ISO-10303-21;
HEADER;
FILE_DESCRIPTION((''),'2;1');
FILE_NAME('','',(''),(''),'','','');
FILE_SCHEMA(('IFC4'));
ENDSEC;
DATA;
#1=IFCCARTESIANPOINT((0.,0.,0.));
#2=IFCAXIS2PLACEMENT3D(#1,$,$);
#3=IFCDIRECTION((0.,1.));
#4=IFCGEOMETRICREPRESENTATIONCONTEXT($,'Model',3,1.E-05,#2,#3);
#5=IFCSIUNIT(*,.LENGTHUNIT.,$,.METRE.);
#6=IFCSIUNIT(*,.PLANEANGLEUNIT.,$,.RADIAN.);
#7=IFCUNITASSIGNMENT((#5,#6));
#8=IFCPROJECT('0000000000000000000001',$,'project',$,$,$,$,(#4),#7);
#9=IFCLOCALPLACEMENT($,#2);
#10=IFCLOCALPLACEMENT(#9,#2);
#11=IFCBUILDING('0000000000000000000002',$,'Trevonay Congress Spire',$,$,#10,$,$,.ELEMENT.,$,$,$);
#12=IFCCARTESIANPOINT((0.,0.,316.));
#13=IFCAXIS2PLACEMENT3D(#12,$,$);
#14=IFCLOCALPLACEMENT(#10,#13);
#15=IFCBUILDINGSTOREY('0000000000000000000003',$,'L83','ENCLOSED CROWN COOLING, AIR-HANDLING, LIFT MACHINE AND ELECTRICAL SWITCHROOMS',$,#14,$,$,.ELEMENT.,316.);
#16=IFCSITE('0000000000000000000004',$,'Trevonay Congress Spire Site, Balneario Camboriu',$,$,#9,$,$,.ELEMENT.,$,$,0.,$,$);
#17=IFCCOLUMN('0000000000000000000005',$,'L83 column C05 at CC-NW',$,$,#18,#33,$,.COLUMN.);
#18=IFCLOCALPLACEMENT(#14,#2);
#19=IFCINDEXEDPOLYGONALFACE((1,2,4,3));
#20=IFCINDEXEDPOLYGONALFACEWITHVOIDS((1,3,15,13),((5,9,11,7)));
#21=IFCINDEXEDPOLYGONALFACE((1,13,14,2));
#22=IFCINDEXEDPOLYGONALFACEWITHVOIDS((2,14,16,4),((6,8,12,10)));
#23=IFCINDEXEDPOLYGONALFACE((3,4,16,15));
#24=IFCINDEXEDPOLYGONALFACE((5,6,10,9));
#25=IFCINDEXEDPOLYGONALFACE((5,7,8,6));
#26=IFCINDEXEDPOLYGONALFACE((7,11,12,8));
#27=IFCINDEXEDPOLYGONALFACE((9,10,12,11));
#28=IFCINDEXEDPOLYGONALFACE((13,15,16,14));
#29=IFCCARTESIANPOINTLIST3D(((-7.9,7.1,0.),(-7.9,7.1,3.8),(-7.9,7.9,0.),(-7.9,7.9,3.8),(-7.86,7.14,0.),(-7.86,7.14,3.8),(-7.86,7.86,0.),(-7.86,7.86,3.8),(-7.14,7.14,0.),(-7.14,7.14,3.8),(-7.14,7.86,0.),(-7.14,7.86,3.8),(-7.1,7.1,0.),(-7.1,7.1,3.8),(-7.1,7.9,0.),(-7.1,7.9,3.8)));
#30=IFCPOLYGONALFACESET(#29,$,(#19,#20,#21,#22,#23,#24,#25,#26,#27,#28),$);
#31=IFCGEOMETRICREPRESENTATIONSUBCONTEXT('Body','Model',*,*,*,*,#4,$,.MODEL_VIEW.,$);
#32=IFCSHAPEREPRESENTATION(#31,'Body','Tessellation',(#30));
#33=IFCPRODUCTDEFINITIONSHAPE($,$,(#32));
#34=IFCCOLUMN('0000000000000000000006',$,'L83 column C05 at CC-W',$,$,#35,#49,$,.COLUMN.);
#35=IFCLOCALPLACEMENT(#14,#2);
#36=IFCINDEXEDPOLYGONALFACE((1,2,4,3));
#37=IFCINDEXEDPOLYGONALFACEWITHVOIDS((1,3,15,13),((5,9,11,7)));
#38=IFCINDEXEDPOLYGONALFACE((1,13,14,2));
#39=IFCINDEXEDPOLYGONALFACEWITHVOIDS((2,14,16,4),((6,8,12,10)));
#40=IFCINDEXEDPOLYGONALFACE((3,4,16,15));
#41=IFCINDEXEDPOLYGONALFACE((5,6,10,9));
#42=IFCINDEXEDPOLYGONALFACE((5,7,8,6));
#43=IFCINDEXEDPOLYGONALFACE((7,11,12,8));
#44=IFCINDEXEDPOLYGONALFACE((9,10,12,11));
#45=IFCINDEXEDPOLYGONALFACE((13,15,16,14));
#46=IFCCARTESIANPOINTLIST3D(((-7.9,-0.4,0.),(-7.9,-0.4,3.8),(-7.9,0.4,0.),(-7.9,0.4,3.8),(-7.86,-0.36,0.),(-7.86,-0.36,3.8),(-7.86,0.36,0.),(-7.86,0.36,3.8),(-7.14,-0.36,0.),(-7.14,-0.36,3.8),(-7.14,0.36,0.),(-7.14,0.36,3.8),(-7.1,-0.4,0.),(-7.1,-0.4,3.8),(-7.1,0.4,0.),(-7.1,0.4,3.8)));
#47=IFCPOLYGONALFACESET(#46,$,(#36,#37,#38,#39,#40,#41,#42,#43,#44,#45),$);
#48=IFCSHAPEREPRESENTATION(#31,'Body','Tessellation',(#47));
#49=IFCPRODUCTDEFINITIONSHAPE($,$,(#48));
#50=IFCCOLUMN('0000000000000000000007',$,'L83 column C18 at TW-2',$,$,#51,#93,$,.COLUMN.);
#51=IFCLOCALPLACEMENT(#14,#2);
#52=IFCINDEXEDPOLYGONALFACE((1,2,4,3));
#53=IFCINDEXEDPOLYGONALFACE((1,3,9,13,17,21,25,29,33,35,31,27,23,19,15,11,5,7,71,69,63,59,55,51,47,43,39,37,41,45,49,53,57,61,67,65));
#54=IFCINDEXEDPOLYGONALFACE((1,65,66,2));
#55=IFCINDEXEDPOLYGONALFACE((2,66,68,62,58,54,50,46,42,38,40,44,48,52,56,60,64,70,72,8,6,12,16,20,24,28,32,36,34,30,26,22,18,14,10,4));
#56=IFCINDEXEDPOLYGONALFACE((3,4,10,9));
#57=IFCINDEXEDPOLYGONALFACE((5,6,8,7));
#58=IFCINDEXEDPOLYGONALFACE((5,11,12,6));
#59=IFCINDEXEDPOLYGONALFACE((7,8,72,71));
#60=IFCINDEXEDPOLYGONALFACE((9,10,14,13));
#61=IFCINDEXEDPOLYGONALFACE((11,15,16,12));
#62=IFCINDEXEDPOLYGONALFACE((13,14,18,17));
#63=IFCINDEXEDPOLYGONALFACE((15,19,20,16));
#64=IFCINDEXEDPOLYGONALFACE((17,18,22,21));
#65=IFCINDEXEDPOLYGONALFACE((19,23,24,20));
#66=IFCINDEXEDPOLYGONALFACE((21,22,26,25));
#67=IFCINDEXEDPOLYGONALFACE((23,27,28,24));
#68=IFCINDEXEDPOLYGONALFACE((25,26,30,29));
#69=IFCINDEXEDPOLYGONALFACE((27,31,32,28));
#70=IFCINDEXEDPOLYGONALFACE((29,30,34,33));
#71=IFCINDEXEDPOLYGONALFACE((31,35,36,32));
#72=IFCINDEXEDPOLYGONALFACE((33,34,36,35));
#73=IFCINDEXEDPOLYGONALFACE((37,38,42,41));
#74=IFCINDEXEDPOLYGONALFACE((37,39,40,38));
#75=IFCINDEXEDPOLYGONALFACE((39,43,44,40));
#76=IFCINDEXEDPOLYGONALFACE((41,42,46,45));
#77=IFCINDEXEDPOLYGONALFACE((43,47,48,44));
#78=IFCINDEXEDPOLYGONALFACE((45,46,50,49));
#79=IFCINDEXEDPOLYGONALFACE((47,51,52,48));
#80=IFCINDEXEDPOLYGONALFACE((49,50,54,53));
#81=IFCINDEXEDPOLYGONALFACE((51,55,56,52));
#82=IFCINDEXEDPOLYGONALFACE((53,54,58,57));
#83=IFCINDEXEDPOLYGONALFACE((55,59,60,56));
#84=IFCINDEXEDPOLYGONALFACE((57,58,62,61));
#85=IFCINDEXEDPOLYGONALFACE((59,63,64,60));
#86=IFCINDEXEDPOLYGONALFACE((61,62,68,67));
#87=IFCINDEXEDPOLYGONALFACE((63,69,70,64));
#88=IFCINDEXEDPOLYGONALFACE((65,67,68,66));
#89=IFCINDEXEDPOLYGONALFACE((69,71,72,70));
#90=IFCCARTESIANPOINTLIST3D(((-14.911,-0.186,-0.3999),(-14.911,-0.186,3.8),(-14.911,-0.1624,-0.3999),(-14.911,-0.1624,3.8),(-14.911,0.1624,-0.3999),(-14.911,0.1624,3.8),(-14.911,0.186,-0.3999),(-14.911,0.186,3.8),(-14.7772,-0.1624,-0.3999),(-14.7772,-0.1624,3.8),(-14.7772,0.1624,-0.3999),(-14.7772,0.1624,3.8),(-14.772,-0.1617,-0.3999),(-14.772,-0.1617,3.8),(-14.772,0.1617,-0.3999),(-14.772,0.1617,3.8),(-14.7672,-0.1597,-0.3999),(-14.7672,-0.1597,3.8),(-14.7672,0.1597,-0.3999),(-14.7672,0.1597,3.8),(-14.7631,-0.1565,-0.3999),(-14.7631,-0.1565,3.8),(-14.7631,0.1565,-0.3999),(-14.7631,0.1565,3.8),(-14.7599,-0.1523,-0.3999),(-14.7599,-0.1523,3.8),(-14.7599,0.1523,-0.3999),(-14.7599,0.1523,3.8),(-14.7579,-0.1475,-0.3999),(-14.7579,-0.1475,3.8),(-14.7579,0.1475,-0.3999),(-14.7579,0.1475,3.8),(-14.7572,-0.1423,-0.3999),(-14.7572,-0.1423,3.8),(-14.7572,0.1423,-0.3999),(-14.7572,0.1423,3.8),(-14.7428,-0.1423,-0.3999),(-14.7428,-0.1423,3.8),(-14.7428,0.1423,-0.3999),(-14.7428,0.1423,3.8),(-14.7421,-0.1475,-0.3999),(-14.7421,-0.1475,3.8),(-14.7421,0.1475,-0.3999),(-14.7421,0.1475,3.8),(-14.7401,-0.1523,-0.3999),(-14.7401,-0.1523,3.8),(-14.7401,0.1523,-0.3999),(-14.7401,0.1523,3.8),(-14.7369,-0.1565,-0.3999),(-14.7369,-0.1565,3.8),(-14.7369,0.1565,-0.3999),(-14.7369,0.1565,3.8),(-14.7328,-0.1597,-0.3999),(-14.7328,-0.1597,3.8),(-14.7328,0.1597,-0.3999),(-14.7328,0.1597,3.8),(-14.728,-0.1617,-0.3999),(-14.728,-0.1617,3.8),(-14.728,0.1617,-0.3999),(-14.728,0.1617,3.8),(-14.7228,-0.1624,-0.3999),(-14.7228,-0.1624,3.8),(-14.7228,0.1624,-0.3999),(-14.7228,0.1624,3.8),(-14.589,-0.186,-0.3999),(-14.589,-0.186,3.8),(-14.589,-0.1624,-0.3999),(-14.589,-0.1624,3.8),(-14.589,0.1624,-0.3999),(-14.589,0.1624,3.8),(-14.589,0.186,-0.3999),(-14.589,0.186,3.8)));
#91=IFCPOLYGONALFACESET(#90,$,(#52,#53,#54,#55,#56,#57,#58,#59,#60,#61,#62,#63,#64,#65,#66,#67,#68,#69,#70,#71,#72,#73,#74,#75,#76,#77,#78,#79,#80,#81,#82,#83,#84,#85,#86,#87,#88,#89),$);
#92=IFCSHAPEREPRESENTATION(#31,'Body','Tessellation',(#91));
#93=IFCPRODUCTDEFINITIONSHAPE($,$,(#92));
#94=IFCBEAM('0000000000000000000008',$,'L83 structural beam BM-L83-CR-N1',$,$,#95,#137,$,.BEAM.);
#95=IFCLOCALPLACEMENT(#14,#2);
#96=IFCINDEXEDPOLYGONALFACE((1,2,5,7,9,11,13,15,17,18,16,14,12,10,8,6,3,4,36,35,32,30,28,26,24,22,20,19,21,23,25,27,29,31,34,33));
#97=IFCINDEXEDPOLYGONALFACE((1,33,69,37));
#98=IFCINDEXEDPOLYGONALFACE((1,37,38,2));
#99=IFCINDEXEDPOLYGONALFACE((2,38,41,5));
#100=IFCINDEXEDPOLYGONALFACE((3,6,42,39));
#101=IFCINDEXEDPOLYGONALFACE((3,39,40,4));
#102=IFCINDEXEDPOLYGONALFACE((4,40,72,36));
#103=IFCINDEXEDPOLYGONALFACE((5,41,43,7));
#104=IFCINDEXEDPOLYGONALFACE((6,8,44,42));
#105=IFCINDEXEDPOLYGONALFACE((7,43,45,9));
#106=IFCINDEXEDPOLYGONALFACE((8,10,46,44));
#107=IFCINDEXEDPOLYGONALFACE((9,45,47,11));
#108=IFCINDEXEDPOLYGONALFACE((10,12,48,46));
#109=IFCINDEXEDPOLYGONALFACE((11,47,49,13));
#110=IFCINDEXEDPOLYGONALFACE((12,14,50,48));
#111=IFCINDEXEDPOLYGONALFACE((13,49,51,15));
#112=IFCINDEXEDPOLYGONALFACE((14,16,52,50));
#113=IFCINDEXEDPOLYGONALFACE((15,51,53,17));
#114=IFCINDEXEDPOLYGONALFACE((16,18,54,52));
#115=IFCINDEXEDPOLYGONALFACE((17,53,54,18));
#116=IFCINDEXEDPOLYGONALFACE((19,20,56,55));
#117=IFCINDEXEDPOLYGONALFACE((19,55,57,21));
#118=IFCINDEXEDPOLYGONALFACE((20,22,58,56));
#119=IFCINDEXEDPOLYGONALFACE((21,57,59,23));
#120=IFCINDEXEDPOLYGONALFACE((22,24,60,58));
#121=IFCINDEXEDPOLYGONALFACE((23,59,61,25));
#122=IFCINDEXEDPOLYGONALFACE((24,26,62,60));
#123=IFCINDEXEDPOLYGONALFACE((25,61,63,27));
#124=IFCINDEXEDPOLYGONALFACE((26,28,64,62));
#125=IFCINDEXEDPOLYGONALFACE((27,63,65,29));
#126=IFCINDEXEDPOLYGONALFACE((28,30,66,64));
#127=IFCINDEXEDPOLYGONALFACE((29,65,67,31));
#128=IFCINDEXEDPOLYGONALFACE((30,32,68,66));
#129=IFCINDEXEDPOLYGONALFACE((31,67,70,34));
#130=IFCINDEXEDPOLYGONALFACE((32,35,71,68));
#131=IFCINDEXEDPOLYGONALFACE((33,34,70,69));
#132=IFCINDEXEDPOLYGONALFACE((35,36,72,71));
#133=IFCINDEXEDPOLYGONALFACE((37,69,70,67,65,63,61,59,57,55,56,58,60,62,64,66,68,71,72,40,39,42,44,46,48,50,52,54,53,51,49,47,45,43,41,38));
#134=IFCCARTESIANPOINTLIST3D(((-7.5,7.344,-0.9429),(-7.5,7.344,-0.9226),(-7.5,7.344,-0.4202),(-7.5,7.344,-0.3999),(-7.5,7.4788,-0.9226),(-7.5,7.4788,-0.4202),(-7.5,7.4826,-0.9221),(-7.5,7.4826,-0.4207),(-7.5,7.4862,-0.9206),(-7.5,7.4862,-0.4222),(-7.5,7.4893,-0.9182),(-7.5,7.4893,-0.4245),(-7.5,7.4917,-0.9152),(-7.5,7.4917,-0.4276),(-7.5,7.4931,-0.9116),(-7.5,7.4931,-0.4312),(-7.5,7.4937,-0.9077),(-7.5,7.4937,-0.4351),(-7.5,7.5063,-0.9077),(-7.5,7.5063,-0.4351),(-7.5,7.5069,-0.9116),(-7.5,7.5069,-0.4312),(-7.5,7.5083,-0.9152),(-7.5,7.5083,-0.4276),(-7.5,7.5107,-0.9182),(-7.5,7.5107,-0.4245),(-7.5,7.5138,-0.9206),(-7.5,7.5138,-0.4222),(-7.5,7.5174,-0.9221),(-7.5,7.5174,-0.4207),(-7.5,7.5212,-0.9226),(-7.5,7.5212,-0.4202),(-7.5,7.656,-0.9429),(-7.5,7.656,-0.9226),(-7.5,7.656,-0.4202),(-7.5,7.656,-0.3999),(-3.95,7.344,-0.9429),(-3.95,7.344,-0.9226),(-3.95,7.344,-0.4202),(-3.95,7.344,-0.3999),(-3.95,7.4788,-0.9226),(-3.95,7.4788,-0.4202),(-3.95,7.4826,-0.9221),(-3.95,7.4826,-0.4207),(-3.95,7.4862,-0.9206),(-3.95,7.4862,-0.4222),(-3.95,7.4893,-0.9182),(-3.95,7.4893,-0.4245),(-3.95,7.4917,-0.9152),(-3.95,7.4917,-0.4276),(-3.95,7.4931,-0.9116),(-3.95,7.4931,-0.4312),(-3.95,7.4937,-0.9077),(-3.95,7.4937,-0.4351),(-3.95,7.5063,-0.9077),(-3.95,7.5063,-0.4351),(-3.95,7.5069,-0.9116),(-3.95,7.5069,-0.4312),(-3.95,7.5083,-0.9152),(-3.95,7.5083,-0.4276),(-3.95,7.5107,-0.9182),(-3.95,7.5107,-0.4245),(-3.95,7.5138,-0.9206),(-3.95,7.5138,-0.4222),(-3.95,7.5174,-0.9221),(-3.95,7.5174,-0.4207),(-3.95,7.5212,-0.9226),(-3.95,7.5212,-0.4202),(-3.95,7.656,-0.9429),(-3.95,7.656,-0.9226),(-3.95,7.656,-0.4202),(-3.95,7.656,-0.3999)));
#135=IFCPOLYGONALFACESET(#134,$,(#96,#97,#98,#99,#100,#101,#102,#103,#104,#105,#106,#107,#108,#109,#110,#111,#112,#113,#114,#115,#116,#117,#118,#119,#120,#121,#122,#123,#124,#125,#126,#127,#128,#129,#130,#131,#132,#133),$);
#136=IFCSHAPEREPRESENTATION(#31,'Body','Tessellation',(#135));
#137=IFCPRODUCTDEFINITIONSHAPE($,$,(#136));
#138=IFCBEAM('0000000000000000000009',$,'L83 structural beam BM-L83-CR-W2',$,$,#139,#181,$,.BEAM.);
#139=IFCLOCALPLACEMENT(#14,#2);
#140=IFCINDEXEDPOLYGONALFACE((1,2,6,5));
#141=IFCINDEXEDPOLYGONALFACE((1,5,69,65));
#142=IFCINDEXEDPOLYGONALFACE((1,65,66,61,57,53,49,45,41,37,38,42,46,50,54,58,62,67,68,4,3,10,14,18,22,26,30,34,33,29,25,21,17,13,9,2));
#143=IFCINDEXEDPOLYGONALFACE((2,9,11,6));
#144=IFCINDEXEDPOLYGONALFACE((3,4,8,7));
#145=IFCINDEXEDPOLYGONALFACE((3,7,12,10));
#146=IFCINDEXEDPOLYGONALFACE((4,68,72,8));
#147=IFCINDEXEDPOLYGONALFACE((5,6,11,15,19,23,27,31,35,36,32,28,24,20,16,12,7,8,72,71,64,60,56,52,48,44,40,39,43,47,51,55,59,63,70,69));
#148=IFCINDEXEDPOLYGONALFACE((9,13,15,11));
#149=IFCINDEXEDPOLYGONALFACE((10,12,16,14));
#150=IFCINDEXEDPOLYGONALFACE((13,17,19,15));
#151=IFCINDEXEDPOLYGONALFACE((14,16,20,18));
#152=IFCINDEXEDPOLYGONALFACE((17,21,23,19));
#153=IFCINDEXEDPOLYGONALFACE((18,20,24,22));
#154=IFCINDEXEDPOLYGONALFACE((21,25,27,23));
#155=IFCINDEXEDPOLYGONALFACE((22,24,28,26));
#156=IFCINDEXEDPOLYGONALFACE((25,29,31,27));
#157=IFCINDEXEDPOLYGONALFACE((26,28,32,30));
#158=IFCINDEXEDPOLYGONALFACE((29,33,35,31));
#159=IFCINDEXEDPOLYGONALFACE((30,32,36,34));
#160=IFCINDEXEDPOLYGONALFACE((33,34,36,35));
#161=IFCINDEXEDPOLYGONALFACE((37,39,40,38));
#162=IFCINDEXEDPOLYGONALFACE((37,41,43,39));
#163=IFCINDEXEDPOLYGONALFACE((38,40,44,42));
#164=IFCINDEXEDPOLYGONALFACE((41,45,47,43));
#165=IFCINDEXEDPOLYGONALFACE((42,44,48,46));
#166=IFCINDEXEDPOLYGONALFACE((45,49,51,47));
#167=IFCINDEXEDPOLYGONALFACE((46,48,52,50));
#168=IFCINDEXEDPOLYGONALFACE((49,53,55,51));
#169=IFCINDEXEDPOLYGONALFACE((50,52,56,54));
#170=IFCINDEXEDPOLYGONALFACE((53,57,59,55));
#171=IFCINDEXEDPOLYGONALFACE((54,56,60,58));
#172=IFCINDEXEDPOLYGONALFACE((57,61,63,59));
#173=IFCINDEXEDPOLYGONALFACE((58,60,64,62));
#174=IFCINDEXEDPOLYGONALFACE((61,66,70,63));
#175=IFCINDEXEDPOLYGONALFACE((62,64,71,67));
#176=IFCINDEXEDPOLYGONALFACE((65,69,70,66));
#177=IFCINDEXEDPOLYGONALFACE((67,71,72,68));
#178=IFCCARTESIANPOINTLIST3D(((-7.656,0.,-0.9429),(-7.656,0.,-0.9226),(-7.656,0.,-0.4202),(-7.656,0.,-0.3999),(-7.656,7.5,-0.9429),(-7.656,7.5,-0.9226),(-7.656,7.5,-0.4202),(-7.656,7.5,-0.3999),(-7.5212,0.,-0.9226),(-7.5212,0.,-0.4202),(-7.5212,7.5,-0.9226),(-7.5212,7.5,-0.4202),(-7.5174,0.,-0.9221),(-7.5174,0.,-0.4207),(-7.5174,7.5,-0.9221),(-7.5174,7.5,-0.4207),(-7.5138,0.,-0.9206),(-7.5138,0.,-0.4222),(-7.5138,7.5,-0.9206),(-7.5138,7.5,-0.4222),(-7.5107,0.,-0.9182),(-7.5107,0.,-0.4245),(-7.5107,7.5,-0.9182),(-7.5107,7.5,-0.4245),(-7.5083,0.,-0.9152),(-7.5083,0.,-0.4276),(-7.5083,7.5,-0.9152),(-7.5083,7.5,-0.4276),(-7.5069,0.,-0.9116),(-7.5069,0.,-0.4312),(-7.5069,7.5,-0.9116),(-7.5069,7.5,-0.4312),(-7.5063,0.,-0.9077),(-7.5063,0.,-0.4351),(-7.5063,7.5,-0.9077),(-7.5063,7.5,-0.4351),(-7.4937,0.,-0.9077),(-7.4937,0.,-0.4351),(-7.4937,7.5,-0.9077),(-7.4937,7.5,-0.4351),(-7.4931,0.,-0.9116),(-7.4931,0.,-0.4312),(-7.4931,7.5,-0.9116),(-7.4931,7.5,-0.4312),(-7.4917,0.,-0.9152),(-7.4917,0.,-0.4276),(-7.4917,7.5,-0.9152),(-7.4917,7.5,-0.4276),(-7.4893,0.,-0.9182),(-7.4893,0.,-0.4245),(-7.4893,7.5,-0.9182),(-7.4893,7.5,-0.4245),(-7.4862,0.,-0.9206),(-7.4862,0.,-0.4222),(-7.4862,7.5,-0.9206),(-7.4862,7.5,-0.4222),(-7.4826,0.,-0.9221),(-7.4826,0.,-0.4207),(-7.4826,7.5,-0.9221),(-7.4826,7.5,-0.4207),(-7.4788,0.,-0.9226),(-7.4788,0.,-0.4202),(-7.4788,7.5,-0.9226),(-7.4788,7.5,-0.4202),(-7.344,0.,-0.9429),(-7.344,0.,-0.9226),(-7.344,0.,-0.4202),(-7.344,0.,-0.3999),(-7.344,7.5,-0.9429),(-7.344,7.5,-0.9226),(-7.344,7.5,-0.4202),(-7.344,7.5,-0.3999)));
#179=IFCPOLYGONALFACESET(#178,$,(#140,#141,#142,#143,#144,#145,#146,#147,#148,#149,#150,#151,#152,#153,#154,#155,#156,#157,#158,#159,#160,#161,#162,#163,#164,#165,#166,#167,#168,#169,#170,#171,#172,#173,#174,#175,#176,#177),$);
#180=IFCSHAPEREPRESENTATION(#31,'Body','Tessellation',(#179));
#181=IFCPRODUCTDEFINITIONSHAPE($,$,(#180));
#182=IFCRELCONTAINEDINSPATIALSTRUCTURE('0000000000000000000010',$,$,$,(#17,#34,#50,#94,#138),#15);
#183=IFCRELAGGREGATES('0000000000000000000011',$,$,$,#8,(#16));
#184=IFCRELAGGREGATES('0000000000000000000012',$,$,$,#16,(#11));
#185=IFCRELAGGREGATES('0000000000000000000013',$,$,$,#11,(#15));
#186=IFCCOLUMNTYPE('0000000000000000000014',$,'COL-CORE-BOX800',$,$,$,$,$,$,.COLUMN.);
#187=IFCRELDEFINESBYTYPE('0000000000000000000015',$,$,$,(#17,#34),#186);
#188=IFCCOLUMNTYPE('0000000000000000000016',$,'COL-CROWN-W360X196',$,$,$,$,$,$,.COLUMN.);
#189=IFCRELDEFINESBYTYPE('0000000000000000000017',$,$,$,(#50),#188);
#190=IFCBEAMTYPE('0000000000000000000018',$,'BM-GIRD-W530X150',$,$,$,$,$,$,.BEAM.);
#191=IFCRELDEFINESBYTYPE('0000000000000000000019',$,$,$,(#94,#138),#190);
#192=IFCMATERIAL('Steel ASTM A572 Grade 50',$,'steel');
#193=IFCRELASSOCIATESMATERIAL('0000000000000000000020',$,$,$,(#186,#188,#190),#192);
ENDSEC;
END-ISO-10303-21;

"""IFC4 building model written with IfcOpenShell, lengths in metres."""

from ifc_helpers import new_model, si_unit, direction, frame, origin, origin_2d, place, context, subcontext, project, spatial, hollow_rectangle, i_section, extrude, material, material_profile, profile_set, type_object, element, save


model = new_model("IFC4")

# Units and contexts
model_context = context("Model", 3, precision=1e-05, world=origin(), true_north=direction((0.0, 1.0)))
body_context = subcontext(model_context, "Body", "Model", "MODEL_VIEW")
ifc_project = project(units=[si_unit("LENGTHUNIT", "METRE"), si_unit("PLANEANGLEUNIT", "RADIAN")], contexts=[model_context])

# Site, building, storey
site_placement = place(None, origin())
site = spatial("IfcSite", under=ifc_project, at=site_placement, Name="Trevonay Congress Spire Site, Balneario Camboriu", CompositionType="ELEMENT", RefElevation=0.0)
building_placement = place(site_placement, origin())
building = spatial("IfcBuilding", under=site, at=building_placement, Name="Trevonay Congress Spire", CompositionType="ELEMENT")
storey_placement = place(building_placement, frame((0.0, 0.0, 316.0)))
storey = spatial("IfcBuildingStorey", under=building, at=storey_placement, Name="L83", Description="ENCLOSED CROWN COOLING, AIR-HANDLING, LIFT MACHINE AND ELECTRICAL SWITCHROOMS", CompositionType="ELEMENT", Elevation=316.0)

# Columns
ifc_material_1 = material(Name="Steel ASTM A572 Grade 50", Category="steel")
ifc_material_profile_1 = material_profile(ifc_material_1, hollow_rectangle(XDim=0.8, YDim=0.8, WallThickness=0.04, at=origin_2d()), Name="BOX 800x800x40")
ifc_profile_set_1 = profile_set([ifc_material_profile_1], Name="Steel ASTM A572 Grade 50")
column_type_1 = type_object("IfcColumnType", Name="COL-CORE-BOX800", PredefinedType="COLUMN", material=ifc_profile_set_1)
for number, where, z_axis, x_axis, name in (
    (1, (-7.5, 7.5, 0.0), (0.0, 0.0, 1.0), (1.0, 0.0, 0.0), "L83 column C05 at CC-NW"),
    (2, (-7.5, 0.0, 0.0), (0.0, 0.0, 1.0), (1.0, 0.0, 0.0), "L83 column C05 at CC-W"),
):
    element("IfcColumn", number, at=place(storey_placement, frame(where, z_axis=z_axis, x_axis=x_axis)), inside=storey, type_object=column_type_1, Name=name, PredefinedType="COLUMN", context=body_context, shape_type="SweptSolid", body=[
        extrude(hollow_rectangle(XDim=0.8, YDim=0.8, WallThickness=0.04, at=origin_2d()), origin(), (0.0, 0.0, 1.0), 3.8),
    ])
ifc_material_profile_2 = material_profile(ifc_material_1, i_section(OverallWidth=0.322, OverallDepth=0.3721, WebThickness=0.0144, FlangeThickness=0.0237, FilletRadius=0.02, at=origin_2d()), Name="W360x196")
ifc_profile_set_2 = profile_set([ifc_material_profile_2], Name="Steel ASTM A572 Grade 50")
column_type_2 = type_object("IfcColumnType", Name="COL-CROWN-W360X196", PredefinedType="COLUMN", material=ifc_profile_set_2)
column_placement = place(storey_placement, frame((-14.75, 0.0, -0.3999), z_axis=(0.0, 0.0, 1.0), x_axis=(1.0, 0.0, 0.0)))
element("IfcColumn", 3, at=column_placement, inside=storey, type_object=column_type_2, Name="L83 column C18 at TW-2", PredefinedType="COLUMN", context=body_context, shape_type="SweptSolid", body=[
    extrude(i_section(OverallWidth=0.322, OverallDepth=0.3721, WebThickness=0.0144, FlangeThickness=0.0237, FilletRadius=0.02, at=origin_2d()), origin(), (0.0, 0.0, 1.0), 4.2),
])

# Beams
ifc_material_profile_3 = material_profile(ifc_material_1, i_section(OverallWidth=0.312, OverallDepth=0.543, WebThickness=0.0127, FlangeThickness=0.0203, FilletRadius=0.0149, at=origin_2d()), Name="W530x150")
ifc_profile_set_3 = profile_set([ifc_material_profile_3], Name="Steel ASTM A572 Grade 50")
beam_type_1 = type_object("IfcBeamType", Name="BM-GIRD-W530X150", PredefinedType="BEAM", material=ifc_profile_set_3)
beam_1_placement = place(storey_placement, frame((-7.5, 7.5, -0.6714), z_axis=(1.0, 0.0, 0.0), x_axis=(0.0, 1.0, 0.0)))
element("IfcBeam", 4, at=beam_1_placement, inside=storey, type_object=beam_type_1, Name="L83 structural beam BM-L83-CR-N1", PredefinedType="BEAM", context=body_context, shape_type="SweptSolid", body=[
    extrude(i_section(OverallWidth=0.312, OverallDepth=0.543, WebThickness=0.0127, FlangeThickness=0.0203, FilletRadius=0.0149, at=origin_2d()), origin(), (0.0, 0.0, 1.0), 3.55),
])
beam_2_placement = place(storey_placement, frame((-7.5, 0.0, -0.6714), z_axis=(0.0, 1.0, 0.0), x_axis=(-1.0, 0.0, 0.0)))
element("IfcBeam", 5, at=beam_2_placement, inside=storey, type_object=beam_type_1, Name="L83 structural beam BM-L83-CR-W2", PredefinedType="BEAM", context=body_context, shape_type="SweptSolid", body=[
    extrude(i_section(OverallWidth=0.312, OverallDepth=0.543, WebThickness=0.0127, FlangeThickness=0.0203, FilletRadius=0.0149, at=origin_2d()), origin(), (0.0, 0.0, 1.0), 7.5),
])

save(model, "model.ifc")
